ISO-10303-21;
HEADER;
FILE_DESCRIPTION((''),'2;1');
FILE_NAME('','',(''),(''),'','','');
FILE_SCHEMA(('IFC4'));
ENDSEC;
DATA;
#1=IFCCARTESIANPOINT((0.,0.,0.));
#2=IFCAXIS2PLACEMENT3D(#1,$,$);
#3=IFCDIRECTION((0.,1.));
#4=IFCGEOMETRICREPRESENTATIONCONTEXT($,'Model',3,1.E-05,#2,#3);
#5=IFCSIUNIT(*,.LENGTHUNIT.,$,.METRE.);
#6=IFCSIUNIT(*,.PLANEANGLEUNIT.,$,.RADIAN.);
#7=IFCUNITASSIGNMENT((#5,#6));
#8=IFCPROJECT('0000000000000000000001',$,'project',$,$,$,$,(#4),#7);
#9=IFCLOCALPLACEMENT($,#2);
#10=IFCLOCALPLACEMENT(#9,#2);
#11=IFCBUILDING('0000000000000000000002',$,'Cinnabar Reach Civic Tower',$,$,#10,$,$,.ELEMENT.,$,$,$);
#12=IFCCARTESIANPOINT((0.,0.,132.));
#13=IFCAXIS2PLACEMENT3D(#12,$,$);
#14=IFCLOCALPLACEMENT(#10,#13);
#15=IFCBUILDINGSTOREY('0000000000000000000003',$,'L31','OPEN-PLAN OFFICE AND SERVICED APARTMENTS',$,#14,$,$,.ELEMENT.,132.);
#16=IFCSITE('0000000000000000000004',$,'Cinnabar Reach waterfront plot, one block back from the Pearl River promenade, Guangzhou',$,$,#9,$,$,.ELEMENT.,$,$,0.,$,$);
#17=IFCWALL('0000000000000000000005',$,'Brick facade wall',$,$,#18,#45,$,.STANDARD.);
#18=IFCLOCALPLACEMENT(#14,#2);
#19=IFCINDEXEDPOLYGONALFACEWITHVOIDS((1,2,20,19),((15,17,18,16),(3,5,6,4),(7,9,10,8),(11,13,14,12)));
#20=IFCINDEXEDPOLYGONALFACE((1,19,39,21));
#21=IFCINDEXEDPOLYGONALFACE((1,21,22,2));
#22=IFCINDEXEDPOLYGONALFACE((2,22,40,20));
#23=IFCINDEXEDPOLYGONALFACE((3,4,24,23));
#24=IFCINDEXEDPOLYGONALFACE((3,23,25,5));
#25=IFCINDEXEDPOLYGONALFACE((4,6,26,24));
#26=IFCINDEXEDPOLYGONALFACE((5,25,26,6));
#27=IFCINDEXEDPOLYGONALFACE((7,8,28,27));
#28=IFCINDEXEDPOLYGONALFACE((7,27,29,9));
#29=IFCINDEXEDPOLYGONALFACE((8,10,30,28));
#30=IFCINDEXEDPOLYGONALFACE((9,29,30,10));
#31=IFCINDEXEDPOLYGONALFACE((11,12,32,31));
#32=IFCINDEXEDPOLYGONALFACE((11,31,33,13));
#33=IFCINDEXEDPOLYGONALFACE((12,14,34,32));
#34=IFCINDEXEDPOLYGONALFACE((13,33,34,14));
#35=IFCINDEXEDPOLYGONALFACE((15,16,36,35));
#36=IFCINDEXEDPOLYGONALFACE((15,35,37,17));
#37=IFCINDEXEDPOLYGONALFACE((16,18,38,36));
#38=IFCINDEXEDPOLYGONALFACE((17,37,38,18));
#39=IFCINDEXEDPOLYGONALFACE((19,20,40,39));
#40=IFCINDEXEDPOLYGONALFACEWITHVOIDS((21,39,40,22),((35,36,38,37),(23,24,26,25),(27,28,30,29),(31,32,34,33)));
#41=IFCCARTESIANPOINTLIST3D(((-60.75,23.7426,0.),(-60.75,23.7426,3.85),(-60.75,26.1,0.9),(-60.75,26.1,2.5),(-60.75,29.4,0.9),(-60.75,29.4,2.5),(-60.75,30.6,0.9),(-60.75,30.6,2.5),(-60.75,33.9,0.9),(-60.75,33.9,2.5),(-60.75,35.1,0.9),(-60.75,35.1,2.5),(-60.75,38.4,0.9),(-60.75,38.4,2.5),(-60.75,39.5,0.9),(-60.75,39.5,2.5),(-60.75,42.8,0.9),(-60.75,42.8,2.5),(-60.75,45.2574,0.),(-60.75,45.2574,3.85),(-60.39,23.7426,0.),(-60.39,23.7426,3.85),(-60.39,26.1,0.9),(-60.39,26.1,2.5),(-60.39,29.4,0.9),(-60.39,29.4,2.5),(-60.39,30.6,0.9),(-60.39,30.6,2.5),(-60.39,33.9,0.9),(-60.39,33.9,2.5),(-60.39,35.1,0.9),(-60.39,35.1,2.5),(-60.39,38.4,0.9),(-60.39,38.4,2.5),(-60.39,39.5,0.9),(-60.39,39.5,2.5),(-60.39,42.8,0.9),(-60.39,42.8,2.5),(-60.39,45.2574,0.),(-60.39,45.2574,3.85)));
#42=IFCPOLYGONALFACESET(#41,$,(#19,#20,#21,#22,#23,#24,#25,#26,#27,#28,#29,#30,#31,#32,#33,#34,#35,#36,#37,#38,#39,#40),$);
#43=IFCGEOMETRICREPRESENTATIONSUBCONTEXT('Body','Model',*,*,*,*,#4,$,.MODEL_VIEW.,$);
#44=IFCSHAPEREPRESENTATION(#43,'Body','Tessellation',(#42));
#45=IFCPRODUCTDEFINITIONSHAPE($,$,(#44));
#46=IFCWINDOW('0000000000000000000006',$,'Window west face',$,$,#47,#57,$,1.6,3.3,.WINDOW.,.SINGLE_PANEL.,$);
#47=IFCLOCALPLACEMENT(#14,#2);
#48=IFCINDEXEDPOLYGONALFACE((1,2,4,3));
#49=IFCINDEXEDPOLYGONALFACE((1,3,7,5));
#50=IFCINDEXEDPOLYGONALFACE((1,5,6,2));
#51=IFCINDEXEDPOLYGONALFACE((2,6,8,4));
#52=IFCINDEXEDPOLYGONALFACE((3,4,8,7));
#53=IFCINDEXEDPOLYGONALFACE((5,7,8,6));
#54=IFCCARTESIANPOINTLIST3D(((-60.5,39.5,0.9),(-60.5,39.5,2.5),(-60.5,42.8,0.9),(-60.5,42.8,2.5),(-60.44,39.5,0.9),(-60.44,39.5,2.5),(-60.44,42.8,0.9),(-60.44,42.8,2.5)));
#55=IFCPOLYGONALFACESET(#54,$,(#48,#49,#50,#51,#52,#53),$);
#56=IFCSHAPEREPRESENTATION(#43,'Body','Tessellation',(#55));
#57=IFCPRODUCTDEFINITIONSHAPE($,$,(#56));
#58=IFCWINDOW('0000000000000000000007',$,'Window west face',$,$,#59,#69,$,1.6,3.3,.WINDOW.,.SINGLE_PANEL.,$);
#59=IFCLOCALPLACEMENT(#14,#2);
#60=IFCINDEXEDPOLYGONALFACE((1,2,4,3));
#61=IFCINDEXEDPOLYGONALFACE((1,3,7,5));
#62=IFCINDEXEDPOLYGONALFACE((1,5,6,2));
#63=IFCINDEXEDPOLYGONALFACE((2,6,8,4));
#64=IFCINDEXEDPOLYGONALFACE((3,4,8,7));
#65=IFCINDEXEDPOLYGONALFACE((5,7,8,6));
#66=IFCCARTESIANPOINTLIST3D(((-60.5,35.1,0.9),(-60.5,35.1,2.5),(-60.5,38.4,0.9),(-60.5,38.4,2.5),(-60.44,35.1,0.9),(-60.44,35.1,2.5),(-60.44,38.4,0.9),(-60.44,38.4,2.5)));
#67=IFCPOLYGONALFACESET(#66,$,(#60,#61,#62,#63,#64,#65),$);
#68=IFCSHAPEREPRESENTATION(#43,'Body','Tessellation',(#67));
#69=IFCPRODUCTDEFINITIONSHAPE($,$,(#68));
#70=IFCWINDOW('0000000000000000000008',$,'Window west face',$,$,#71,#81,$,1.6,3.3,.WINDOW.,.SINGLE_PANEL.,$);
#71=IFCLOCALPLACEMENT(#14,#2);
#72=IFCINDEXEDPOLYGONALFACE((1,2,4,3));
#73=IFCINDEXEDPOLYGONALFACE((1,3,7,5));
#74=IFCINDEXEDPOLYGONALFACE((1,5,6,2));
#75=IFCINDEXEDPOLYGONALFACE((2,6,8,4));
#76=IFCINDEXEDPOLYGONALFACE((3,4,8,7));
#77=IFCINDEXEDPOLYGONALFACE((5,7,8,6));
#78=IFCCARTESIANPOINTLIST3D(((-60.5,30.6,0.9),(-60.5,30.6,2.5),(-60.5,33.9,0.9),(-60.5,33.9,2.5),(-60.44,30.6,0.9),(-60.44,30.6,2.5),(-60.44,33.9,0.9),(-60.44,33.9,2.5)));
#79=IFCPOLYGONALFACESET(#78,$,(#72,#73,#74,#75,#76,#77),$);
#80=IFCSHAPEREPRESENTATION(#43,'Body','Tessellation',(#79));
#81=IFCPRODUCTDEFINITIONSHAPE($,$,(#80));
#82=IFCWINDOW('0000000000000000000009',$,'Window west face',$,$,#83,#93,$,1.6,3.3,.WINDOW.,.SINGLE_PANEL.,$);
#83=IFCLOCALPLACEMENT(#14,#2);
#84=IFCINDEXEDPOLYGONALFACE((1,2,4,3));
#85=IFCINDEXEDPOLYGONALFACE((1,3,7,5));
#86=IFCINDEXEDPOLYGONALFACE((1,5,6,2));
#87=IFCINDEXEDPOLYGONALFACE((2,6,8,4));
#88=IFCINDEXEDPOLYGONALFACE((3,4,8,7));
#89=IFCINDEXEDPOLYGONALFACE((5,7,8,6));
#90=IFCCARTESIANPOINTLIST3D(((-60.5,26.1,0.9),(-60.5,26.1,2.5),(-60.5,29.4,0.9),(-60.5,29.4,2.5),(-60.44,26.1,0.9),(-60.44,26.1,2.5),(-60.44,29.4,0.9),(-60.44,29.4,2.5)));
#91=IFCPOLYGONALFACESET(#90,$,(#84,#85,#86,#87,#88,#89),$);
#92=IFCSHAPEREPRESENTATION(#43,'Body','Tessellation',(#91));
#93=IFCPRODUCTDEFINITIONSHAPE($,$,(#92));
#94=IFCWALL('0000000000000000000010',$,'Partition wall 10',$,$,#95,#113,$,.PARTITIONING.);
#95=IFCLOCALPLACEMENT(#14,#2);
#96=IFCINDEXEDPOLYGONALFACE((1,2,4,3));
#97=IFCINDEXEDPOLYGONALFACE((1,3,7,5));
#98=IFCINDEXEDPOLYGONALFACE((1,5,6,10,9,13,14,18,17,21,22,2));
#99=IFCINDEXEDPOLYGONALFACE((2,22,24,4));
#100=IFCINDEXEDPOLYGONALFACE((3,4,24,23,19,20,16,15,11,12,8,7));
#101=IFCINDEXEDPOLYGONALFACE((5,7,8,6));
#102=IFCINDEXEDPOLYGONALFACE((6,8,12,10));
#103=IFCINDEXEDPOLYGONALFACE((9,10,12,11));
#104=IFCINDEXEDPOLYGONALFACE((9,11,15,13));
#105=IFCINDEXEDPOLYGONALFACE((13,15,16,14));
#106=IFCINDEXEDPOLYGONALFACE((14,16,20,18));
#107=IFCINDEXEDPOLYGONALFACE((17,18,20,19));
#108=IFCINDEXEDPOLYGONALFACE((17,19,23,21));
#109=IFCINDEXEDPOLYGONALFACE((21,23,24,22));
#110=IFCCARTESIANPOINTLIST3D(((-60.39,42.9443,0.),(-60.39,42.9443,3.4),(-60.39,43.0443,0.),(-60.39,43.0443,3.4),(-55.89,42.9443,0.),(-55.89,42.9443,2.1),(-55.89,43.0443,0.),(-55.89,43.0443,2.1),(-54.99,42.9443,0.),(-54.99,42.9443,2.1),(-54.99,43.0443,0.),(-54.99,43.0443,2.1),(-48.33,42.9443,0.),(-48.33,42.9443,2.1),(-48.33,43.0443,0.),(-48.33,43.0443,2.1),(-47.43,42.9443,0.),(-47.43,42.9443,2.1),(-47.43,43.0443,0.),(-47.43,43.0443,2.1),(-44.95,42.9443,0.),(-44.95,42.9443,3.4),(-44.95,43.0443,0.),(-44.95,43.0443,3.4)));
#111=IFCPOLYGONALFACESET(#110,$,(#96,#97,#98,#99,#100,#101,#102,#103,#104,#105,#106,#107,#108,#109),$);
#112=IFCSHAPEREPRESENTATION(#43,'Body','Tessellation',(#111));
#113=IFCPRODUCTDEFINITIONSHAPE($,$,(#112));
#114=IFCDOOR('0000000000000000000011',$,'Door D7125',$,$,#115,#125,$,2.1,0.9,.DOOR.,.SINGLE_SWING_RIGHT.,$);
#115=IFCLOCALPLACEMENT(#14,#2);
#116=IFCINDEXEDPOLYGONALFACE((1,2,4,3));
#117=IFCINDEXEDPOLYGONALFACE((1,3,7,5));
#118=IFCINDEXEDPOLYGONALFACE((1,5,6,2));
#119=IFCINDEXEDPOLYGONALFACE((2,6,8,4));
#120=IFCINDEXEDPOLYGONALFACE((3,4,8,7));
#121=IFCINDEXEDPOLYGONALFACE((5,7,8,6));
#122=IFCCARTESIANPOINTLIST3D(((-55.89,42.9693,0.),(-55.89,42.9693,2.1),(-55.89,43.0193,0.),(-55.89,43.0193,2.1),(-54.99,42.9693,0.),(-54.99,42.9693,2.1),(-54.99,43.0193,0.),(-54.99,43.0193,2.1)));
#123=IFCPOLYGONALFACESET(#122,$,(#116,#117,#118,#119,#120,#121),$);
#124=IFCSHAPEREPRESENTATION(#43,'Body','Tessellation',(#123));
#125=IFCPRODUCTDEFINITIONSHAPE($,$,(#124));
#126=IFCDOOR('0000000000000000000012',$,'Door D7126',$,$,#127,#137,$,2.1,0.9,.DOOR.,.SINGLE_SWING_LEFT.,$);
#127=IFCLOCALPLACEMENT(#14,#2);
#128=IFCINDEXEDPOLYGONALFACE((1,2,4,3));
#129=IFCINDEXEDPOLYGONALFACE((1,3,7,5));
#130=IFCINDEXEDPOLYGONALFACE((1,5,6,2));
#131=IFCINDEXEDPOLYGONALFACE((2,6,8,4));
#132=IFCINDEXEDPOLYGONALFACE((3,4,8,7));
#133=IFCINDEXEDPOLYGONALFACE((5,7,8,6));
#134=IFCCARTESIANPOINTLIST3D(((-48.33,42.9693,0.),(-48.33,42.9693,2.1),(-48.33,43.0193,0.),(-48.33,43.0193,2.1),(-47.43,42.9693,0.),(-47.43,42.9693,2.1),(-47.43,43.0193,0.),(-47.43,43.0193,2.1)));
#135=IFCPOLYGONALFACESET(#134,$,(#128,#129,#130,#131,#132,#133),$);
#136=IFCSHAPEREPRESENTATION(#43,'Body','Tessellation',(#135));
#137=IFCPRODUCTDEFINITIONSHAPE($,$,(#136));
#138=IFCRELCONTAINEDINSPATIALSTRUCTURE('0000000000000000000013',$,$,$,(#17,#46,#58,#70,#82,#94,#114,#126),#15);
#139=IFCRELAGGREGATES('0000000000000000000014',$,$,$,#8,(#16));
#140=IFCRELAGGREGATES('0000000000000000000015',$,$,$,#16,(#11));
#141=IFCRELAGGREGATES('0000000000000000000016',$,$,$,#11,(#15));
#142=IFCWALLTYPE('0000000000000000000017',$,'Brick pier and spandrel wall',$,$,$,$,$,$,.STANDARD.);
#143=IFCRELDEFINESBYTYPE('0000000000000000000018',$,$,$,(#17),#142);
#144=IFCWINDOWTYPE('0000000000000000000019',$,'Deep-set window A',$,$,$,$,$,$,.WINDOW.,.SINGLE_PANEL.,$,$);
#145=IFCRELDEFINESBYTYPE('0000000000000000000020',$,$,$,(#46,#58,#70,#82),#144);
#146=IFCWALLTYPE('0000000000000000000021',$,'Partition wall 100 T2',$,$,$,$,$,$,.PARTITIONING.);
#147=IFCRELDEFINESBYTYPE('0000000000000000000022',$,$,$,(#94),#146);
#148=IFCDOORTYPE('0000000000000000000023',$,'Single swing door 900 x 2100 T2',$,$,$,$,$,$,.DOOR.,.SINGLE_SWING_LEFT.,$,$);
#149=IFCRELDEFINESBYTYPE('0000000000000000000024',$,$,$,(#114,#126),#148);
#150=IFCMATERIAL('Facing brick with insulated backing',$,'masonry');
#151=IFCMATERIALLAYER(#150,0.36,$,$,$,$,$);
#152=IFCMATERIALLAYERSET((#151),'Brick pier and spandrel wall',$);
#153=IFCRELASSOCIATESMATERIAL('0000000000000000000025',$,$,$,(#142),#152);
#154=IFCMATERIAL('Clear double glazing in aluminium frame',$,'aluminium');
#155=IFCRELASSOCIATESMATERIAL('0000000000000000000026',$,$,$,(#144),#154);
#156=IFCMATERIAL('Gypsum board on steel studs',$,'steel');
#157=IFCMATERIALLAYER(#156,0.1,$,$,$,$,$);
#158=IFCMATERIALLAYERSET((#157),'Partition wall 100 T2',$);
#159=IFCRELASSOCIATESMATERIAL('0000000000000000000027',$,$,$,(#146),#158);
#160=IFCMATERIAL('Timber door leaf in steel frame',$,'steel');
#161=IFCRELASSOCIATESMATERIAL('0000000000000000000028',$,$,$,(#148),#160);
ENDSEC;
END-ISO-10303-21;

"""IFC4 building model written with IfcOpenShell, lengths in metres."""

from ifc_helpers import new_model, si_unit, direction, frame, frame_2d, origin, place, context, subcontext, project, spatial, rectangle, extrude, material, layer, layer_set, type_object, element, fill, save


model = new_model("IFC4")

# Units and contexts
model_context = context("Model", 3, precision=1e-05, world=origin(), true_north=direction((0.0, 1.0)))
body_context = subcontext(model_context, "Body", "Model", "MODEL_VIEW")
ifc_project = project(units=[si_unit("LENGTHUNIT", "METRE"), si_unit("PLANEANGLEUNIT", "RADIAN")], contexts=[model_context])

# Site, building, storey
site_placement = place(None, origin())
site = spatial("IfcSite", under=ifc_project, at=site_placement, Name="Cinnabar Reach waterfront plot, one block back from the Pearl River promenade, Guangzhou", CompositionType="ELEMENT", RefElevation=0.0)
building_placement = place(site_placement, origin())
building = spatial("IfcBuilding", under=site, at=building_placement, Name="Cinnabar Reach Civic Tower", CompositionType="ELEMENT")
storey_placement = place(building_placement, frame((0.0, 0.0, 132.0)))
storey = spatial("IfcBuildingStorey", under=building, at=storey_placement, Name="L31", Description="OPEN-PLAN OFFICE AND SERVICED APARTMENTS", CompositionType="ELEMENT", Elevation=132.0)

# Shared definitions
ifc_material_1 = material(Name="Facing brick with insulated backing", Category="masonry")
ifc_layer_1 = layer(ifc_material_1, 0.36)
ifc_layer_set_1 = layer_set([ifc_layer_1], Name="Brick pier and spandrel wall")
wall_type_1 = type_object("IfcWallType", Name="Brick pier and spandrel wall", PredefinedType="STANDARD", material=ifc_layer_set_1)

# Wall, openings, windows
wall_1_placement = place(storey_placement, frame((-60.57, 45.2574, 0.0), z_axis=(0.0, 0.0, 1.0), x_axis=(0.0, -1.0, 0.0)))
wall_1 = element("IfcWall", 1, at=wall_1_placement, inside=storey, type_object=wall_type_1, Name="Brick facade wall", PredefinedType="STANDARD", context=body_context, shape_type="SweptSolid", body=[
    extrude(rectangle(XDim=21.5148, YDim=0.36, at=frame_2d((10.7574, 0.0))), origin(), (0.0, 0.0, 1.0), 3.85),
])
opening_1_placement = place(wall_1_placement, frame((2.4574, 0.0, 0.9)))
opening_1 = element("IfcOpeningElement", 2, at=opening_1_placement, cuts=wall_1, PredefinedType="OPENING", context=body_context, shape_type="SweptSolid", body=[
    extrude(rectangle(XDim=3.3, YDim=1.6, at=frame_2d((1.65, 0.8))), frame((0.0, 0.19, 0.0), z_axis=(0.0, -1.0, 0.0), x_axis=(1.0, 0.0, 0.0)), (0.0, 0.0, 1.0), 0.38),
])
opening_2_placement = place(wall_1_placement, frame((6.8574, 0.0, 0.9)))
opening_2 = element("IfcOpeningElement", 3, at=opening_2_placement, cuts=wall_1, PredefinedType="OPENING", context=body_context, shape_type="SweptSolid", body=[
    extrude(rectangle(XDim=3.3, YDim=1.6, at=frame_2d((1.65, 0.8))), frame((0.0, 0.19, 0.0), z_axis=(0.0, -1.0, 0.0), x_axis=(1.0, 0.0, 0.0)), (0.0, 0.0, 1.0), 0.38),
])
opening_3_placement = place(wall_1_placement, frame((11.3574, 0.0, 0.9)))
opening_3 = element("IfcOpeningElement", 4, at=opening_3_placement, cuts=wall_1, PredefinedType="OPENING", context=body_context, shape_type="SweptSolid", body=[
    extrude(rectangle(XDim=3.3, YDim=1.6, at=frame_2d((1.65, 0.8))), frame((0.0, 0.19, 0.0), z_axis=(0.0, -1.0, 0.0), x_axis=(1.0, 0.0, 0.0)), (0.0, 0.0, 1.0), 0.38),
])
opening_4_placement = place(wall_1_placement, frame((15.8574, 0.0, 0.9)))
opening_4 = element("IfcOpeningElement", 5, at=opening_4_placement, cuts=wall_1, PredefinedType="OPENING", context=body_context, shape_type="SweptSolid", body=[
    extrude(rectangle(XDim=3.3, YDim=1.6, at=frame_2d((1.65, 0.8))), frame((0.0, 0.19, 0.0), z_axis=(0.0, -1.0, 0.0), x_axis=(1.0, 0.0, 0.0)), (0.0, 0.0, 1.0), 0.38),
])
ifc_material_2 = material(Name="Clear double glazing in aluminium frame", Category="aluminium")
window_type = type_object("IfcWindowType", Name="Deep-set window A", PartitioningType="SINGLE_PANEL", PredefinedType="WINDOW", material=ifc_material_2)
window_1_placement = place(opening_1_placement, origin())
window_1 = element("IfcWindow", 6, at=window_1_placement, inside=storey, type_object=window_type, Name="Window west face", OverallHeight=1.6, OverallWidth=3.3, PartitioningType="SINGLE_PANEL", PredefinedType="WINDOW", context=body_context, shape_type="SweptSolid", body=[
    extrude(rectangle(XDim=3.3, YDim=1.6, at=frame_2d((1.65, 0.8))), frame((0.0, 0.13, 0.0), z_axis=(0.0, -1.0, 0.0), x_axis=(1.0, 0.0, 0.0)), (0.0, 0.0, 1.0), 0.06),
])
fill(opening_1, window_1)
window_2_placement = place(opening_2_placement, origin())
window_2 = element("IfcWindow", 7, at=window_2_placement, inside=storey, type_object=window_type, Name="Window west face", OverallHeight=1.6, OverallWidth=3.3, PartitioningType="SINGLE_PANEL", PredefinedType="WINDOW", context=body_context, shape_type="SweptSolid", body=[
    extrude(rectangle(XDim=3.3, YDim=1.6, at=frame_2d((1.65, 0.8))), frame((0.0, 0.13, 0.0), z_axis=(0.0, -1.0, 0.0), x_axis=(1.0, 0.0, 0.0)), (0.0, 0.0, 1.0), 0.06),
])
fill(opening_2, window_2)
window_3_placement = place(opening_3_placement, origin())
window_3 = element("IfcWindow", 8, at=window_3_placement, inside=storey, type_object=window_type, Name="Window west face", OverallHeight=1.6, OverallWidth=3.3, PartitioningType="SINGLE_PANEL", PredefinedType="WINDOW", context=body_context, shape_type="SweptSolid", body=[
    extrude(rectangle(XDim=3.3, YDim=1.6, at=frame_2d((1.65, 0.8))), frame((0.0, 0.13, 0.0), z_axis=(0.0, -1.0, 0.0), x_axis=(1.0, 0.0, 0.0)), (0.0, 0.0, 1.0), 0.06),
])
fill(opening_3, window_3)
window_4_placement = place(opening_4_placement, origin())
window_4 = element("IfcWindow", 9, at=window_4_placement, inside=storey, type_object=window_type, Name="Window west face", OverallHeight=1.6, OverallWidth=3.3, PartitioningType="SINGLE_PANEL", PredefinedType="WINDOW", context=body_context, shape_type="SweptSolid", body=[
    extrude(rectangle(XDim=3.3, YDim=1.6, at=frame_2d((1.65, 0.8))), frame((0.0, 0.13, 0.0), z_axis=(0.0, -1.0, 0.0), x_axis=(1.0, 0.0, 0.0)), (0.0, 0.0, 1.0), 0.06),
])
fill(opening_4, window_4)

# Wall, openings, doors
ifc_material_3 = material(Name="Gypsum board on steel studs", Category="steel")
ifc_layer_2 = layer(ifc_material_3, 0.1)
ifc_layer_set_2 = layer_set([ifc_layer_2], Name="Partition wall 100 T2")
wall_type_2 = type_object("IfcWallType", Name="Partition wall 100 T2", PredefinedType="PARTITIONING", material=ifc_layer_set_2)
wall_2_placement = place(storey_placement, frame((-60.39, 42.9943, 0.0), z_axis=(0.0, 0.0, 1.0), x_axis=(1.0, 0.0, 0.0)))
wall_2 = element("IfcWall", 10, at=wall_2_placement, inside=storey, type_object=wall_type_2, Name="Partition wall 10", PredefinedType="PARTITIONING", context=body_context, shape_type="SweptSolid", body=[
    extrude(rectangle(XDim=15.44, YDim=0.1, at=frame_2d((7.72, 0.0))), origin(), (0.0, 0.0, 1.0), 3.4),
])
opening_5_placement = place(wall_2_placement, frame((4.5, 0.0, 0.0)))
opening_5 = element("IfcOpeningElement", 11, at=opening_5_placement, cuts=wall_2, PredefinedType="OPENING", context=body_context, shape_type="SweptSolid", body=[
    extrude(rectangle(XDim=0.9, YDim=2.1, at=frame_2d((0.45, 1.05))), frame((0.0, 0.06, 0.0), z_axis=(0.0, -1.0, 0.0), x_axis=(1.0, 0.0, 0.0)), (0.0, 0.0, 1.0), 0.12),
])
opening_6_placement = place(wall_2_placement, frame((12.06, 0.0, 0.0)))
opening_6 = element("IfcOpeningElement", 12, at=opening_6_placement, cuts=wall_2, PredefinedType="OPENING", context=body_context, shape_type="SweptSolid", body=[
    extrude(rectangle(XDim=0.9, YDim=2.1, at=frame_2d((0.45, 1.05))), frame((0.0, 0.06, 0.0), z_axis=(0.0, -1.0, 0.0), x_axis=(1.0, 0.0, 0.0)), (0.0, 0.0, 1.0), 0.12),
])
ifc_material_4 = material(Name="Timber door leaf in steel frame", Category="steel")
door_type = type_object("IfcDoorType", Name="Single swing door 900 x 2100 T2", OperationType="SINGLE_SWING_LEFT", PredefinedType="DOOR", material=ifc_material_4)
door_1_placement = place(opening_5_placement, frame((0.9, 0.0, 0.0), z_axis=(0.0, 0.0, 1.0), x_axis=(-1.0, 0.0, 0.0)))
door_1 = element("IfcDoor", 13, at=door_1_placement, inside=storey, type_object=door_type, Name="Door D7125", OperationType="SINGLE_SWING_RIGHT", OverallHeight=2.1, OverallWidth=0.9, PredefinedType="DOOR", context=body_context, shape_type="SweptSolid", body=[
    extrude(rectangle(XDim=0.9, YDim=2.1, at=frame_2d((0.45, 1.05))), frame((0.0, 0.025, 0.0), z_axis=(0.0, -1.0, 0.0), x_axis=(1.0, 0.0, 0.0)), (0.0, 0.0, 1.0), 0.05),
])
fill(opening_5, door_1)
door_2_placement = place(opening_6_placement, origin())
door_2 = element("IfcDoor", 14, at=door_2_placement, inside=storey, type_object=door_type, Name="Door D7126", OperationType="SINGLE_SWING_LEFT", OverallHeight=2.1, OverallWidth=0.9, PredefinedType="DOOR", context=body_context, shape_type="SweptSolid", body=[
    extrude(rectangle(XDim=0.9, YDim=2.1, at=frame_2d((0.45, 1.05))), frame((0.0, 0.025, 0.0), z_axis=(0.0, -1.0, 0.0), x_axis=(1.0, 0.0, 0.0)), (0.0, 0.0, 1.0), 0.05),
])
fill(opening_6, door_2)

save(model, "model.ifc")
